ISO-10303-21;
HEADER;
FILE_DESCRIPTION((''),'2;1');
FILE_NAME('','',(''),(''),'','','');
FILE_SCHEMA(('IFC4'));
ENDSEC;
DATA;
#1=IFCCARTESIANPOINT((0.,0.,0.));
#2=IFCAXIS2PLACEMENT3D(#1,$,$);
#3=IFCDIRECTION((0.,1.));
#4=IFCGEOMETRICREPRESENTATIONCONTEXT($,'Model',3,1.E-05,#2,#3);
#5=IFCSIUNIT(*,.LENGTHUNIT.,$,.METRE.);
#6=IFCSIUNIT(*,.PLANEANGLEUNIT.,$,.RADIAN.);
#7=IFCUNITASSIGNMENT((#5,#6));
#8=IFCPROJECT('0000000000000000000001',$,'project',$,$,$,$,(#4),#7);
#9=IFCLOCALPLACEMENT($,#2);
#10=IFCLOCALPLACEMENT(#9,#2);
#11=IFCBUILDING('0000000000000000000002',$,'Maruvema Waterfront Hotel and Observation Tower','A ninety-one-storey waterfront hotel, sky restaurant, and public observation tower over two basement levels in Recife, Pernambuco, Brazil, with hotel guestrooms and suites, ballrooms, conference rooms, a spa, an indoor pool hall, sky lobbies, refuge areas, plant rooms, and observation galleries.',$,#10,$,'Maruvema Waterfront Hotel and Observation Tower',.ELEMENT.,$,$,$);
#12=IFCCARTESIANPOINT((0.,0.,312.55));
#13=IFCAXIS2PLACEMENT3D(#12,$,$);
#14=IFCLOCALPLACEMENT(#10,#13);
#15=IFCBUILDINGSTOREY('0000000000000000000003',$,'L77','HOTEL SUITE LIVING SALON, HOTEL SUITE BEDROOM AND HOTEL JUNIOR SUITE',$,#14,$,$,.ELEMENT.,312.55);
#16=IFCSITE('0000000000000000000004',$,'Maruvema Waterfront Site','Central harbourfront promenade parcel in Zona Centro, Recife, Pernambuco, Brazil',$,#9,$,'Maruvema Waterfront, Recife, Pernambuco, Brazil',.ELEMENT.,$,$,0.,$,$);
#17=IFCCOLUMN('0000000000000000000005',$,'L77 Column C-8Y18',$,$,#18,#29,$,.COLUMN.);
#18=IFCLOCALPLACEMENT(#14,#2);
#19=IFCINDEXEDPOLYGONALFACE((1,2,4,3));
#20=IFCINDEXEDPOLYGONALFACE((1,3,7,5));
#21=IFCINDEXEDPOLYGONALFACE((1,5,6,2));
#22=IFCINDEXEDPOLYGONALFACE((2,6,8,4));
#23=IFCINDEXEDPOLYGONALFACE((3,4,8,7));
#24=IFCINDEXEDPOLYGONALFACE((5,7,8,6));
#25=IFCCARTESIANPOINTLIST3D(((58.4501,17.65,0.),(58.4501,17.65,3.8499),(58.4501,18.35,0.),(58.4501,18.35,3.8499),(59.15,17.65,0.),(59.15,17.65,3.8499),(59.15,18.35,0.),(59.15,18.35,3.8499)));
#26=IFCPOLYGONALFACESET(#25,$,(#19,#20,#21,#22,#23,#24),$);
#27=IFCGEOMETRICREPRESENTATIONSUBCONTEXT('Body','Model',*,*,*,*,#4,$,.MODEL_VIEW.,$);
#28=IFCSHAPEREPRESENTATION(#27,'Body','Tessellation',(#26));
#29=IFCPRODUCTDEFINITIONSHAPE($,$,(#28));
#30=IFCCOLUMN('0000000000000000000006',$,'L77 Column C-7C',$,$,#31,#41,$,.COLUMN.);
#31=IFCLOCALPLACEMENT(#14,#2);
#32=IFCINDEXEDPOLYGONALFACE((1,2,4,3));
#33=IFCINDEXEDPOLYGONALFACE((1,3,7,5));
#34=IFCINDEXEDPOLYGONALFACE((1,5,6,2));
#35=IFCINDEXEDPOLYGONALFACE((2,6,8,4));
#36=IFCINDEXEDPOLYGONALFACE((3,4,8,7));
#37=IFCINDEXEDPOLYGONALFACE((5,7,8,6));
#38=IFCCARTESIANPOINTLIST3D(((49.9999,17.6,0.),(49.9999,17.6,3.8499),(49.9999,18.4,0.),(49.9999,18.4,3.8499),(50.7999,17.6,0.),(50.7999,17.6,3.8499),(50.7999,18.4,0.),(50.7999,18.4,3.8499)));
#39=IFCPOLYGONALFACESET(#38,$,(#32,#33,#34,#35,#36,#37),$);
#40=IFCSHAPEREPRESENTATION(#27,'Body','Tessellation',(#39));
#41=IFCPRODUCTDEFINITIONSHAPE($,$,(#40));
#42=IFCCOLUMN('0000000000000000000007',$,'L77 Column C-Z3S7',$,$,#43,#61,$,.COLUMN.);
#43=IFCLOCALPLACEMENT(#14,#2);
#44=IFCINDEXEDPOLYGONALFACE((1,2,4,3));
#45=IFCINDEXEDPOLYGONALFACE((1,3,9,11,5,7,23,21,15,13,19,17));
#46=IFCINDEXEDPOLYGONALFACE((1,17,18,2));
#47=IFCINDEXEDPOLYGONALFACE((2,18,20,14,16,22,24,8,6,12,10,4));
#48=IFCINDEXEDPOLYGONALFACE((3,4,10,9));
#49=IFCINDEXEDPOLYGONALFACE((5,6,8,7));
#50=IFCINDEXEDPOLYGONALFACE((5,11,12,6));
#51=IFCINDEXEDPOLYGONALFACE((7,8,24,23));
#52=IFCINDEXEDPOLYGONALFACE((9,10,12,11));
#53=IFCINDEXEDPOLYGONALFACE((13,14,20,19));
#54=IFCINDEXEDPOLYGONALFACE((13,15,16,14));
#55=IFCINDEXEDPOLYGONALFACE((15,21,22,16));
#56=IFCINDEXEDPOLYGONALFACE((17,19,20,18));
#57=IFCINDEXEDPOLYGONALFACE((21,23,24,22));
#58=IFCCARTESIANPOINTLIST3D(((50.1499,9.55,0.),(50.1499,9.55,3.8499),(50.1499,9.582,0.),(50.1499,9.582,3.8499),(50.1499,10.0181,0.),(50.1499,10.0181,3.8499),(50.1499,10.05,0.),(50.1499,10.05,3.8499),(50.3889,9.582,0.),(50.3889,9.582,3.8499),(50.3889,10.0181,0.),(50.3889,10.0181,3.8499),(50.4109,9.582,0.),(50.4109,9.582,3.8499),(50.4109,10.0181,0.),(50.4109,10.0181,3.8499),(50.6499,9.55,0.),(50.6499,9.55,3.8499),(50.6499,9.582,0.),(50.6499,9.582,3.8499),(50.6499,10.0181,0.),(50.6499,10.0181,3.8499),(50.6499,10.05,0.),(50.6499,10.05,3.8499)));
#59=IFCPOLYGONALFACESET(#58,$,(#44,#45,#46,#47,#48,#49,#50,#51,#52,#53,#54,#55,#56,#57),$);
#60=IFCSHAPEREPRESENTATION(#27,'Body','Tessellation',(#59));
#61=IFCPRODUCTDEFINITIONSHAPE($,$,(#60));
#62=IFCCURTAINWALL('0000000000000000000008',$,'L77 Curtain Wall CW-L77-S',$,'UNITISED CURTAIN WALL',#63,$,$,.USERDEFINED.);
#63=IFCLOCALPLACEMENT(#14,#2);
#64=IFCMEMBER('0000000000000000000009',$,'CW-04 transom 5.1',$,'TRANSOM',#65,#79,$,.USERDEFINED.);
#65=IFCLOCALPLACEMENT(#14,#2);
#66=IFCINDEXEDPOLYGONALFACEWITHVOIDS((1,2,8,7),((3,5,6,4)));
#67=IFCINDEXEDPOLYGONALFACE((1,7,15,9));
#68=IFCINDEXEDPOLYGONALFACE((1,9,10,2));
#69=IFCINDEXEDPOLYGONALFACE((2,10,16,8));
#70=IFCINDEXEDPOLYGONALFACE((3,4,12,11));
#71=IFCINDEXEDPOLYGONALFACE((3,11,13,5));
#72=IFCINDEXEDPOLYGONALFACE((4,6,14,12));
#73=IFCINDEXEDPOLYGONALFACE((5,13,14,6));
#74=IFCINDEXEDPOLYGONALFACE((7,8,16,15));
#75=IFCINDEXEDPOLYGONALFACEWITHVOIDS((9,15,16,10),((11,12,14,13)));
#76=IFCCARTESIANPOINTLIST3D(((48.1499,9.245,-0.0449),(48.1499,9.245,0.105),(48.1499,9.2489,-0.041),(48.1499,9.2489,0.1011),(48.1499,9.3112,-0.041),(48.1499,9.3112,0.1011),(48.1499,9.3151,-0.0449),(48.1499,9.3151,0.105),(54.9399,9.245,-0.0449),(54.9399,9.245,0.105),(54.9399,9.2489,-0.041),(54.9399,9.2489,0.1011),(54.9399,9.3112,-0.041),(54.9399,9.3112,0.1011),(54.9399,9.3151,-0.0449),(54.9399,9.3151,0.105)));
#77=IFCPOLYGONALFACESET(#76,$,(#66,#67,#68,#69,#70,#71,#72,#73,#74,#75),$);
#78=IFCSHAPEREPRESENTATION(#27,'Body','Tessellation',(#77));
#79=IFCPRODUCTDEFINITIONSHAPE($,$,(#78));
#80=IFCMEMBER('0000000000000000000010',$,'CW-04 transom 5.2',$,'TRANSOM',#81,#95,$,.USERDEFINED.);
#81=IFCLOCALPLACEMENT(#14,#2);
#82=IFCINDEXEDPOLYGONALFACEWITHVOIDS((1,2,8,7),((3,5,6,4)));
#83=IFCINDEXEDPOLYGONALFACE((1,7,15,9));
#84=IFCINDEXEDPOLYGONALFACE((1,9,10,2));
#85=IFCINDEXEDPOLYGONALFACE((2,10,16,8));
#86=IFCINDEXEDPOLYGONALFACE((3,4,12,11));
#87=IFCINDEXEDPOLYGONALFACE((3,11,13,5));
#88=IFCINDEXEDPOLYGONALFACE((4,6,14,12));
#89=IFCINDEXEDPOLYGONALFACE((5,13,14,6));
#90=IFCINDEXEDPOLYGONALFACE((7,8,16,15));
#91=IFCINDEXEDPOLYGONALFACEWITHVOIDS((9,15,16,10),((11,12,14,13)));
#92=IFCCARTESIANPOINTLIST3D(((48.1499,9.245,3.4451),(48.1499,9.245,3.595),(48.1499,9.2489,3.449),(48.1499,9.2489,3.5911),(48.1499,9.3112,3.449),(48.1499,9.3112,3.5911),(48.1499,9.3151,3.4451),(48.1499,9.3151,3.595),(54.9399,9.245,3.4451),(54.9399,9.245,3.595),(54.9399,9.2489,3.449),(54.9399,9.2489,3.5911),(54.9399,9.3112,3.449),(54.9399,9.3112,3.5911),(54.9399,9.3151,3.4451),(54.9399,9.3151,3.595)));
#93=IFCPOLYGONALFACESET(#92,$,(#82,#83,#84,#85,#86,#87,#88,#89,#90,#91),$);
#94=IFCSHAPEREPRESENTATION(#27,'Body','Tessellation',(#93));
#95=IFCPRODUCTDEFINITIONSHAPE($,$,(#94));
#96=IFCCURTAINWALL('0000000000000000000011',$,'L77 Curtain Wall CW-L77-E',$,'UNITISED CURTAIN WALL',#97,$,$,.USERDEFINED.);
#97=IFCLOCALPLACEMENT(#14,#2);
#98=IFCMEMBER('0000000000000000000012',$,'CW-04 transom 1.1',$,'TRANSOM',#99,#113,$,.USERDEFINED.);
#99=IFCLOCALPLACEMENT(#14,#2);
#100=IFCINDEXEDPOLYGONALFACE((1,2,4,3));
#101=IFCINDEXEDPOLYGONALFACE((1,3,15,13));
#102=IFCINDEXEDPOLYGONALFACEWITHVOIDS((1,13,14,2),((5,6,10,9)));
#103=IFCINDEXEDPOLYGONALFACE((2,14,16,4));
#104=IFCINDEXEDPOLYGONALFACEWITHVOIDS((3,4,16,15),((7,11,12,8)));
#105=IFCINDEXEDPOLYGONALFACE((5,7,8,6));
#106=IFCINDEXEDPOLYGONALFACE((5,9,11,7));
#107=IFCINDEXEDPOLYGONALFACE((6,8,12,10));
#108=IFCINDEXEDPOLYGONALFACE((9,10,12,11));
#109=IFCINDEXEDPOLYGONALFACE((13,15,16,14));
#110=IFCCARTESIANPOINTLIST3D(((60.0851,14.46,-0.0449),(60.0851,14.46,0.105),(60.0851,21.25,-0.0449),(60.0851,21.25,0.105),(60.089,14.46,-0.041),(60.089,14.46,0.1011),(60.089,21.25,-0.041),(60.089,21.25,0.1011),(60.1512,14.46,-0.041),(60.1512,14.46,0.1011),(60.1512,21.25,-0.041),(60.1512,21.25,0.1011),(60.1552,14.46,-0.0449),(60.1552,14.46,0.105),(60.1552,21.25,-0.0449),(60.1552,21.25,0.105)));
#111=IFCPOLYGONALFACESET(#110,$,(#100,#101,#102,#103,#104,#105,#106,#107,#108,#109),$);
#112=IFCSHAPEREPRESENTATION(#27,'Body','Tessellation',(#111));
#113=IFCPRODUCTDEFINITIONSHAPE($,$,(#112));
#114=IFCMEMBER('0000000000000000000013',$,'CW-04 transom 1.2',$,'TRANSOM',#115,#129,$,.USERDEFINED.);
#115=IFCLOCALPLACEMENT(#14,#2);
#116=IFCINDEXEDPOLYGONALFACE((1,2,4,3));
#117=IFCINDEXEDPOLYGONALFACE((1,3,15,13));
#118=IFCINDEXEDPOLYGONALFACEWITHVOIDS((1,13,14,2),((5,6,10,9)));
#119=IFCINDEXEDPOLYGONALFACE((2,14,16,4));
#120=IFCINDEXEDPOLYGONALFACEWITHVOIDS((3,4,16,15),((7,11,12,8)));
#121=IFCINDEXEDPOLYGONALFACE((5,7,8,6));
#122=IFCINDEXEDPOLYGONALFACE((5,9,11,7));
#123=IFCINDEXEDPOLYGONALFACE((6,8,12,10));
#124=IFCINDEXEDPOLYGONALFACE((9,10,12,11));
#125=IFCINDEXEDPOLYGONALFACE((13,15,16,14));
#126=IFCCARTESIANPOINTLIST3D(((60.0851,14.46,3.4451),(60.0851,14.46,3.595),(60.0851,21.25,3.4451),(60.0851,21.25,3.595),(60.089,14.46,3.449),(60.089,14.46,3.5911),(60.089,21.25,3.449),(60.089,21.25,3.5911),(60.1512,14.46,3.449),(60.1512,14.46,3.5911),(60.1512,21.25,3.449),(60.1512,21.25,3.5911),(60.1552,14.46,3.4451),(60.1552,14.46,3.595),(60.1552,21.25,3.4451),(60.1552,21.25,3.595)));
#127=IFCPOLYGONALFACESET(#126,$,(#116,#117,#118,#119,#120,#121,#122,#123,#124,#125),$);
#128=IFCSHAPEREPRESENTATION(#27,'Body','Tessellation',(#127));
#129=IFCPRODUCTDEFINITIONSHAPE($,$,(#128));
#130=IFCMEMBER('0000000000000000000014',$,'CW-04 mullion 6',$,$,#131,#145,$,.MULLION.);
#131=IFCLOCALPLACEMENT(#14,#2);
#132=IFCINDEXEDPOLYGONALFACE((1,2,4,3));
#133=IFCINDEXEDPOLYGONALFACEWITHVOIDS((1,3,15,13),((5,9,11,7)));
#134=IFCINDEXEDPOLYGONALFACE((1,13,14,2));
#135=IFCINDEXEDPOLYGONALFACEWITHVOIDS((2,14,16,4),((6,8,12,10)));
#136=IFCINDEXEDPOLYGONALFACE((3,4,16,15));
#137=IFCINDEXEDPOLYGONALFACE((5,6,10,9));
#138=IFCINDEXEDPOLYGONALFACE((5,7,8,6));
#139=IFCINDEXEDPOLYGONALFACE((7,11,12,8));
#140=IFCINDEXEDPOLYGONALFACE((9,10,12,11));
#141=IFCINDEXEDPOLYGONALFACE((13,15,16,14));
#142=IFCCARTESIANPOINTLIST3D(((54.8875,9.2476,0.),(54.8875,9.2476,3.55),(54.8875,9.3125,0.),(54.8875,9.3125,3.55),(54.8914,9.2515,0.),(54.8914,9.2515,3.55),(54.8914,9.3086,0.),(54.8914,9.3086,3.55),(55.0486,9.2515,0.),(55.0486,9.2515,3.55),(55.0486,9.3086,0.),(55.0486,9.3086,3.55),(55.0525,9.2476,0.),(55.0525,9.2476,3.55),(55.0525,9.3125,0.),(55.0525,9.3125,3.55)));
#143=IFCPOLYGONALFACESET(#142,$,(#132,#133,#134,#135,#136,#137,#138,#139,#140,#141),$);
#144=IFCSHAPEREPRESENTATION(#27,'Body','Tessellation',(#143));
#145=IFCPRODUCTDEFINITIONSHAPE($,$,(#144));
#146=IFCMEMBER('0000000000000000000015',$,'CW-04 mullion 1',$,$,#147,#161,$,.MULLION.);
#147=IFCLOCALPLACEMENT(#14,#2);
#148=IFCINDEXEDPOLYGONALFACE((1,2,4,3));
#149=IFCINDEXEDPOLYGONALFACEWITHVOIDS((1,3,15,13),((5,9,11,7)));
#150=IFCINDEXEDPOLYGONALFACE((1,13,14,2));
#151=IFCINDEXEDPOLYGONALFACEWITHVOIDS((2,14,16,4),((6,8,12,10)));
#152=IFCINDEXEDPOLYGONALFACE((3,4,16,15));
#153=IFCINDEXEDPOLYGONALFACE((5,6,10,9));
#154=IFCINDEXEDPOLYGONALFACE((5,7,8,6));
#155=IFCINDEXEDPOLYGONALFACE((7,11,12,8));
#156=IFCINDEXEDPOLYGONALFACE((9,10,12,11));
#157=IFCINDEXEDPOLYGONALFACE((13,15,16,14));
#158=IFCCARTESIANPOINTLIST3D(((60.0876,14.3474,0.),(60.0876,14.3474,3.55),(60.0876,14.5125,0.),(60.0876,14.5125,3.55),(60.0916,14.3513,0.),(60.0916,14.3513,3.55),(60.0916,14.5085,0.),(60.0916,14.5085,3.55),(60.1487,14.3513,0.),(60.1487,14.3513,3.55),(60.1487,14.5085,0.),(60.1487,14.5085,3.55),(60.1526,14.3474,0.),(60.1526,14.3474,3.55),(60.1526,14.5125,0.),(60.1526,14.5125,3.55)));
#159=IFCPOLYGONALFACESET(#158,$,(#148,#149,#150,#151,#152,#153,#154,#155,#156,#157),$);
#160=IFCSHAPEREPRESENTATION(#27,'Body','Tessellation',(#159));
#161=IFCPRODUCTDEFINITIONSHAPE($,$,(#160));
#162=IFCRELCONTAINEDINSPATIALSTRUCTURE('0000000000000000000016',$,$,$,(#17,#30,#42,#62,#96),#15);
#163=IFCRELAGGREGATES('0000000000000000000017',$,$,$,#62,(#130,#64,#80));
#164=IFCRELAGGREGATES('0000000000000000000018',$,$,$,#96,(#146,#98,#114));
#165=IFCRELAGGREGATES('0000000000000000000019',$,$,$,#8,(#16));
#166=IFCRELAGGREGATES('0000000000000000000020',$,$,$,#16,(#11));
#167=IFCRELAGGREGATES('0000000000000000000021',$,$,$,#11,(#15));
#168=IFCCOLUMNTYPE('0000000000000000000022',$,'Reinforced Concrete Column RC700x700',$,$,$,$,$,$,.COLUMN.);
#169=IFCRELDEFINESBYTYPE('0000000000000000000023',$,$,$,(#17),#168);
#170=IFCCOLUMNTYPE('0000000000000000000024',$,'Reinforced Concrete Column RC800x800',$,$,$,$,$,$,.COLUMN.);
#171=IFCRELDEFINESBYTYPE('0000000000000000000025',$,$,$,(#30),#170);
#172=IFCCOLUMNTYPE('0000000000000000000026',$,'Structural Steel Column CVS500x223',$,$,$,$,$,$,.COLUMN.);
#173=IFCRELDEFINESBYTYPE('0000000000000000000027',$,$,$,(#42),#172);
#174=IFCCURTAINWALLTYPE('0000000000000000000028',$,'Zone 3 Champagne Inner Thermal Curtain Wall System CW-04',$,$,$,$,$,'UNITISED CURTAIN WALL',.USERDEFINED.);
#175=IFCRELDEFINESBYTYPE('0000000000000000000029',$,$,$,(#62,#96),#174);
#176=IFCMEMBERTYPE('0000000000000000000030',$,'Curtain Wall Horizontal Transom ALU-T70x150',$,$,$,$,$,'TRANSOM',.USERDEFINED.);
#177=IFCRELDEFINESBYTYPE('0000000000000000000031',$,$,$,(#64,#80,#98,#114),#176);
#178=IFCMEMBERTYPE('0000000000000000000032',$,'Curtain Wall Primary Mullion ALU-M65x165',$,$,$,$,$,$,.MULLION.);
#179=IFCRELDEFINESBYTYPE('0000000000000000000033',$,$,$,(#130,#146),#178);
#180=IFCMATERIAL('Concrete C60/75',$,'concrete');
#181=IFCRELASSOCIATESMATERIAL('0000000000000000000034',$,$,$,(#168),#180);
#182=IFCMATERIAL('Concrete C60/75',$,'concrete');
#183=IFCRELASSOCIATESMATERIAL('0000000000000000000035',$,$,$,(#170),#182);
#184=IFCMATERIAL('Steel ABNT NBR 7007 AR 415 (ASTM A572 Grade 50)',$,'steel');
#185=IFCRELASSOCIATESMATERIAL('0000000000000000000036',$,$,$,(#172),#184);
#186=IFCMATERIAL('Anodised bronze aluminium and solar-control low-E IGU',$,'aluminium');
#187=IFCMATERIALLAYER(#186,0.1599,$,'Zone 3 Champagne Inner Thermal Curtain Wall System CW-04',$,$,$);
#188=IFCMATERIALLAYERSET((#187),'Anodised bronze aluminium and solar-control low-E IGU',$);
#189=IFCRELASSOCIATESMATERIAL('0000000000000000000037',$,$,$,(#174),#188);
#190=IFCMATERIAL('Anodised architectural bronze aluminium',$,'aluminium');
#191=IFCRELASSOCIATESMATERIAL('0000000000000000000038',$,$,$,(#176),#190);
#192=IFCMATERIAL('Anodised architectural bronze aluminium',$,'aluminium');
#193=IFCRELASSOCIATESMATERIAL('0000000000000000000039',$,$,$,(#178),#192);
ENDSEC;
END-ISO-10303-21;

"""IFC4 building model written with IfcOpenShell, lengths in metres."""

from ifc_helpers import new_model, si_unit, direction, frame, origin, origin_2d, place, context, subcontext, project, spatial, rectangle, hollow_rectangle, i_section, extrude, material, layer, layer_set, material_profile, profile_set, type_object, element, aggregate, save


model = new_model("IFC4")

# Units and contexts
model_context = context("Model", 3, precision=1e-05, world=origin(), true_north=direction((0.0, 1.0)))
body_context = subcontext(model_context, "Body", "Model", "MODEL_VIEW")
ifc_project = project(units=[si_unit("LENGTHUNIT", "METRE"), si_unit("PLANEANGLEUNIT", "RADIAN")], contexts=[model_context])

# Site, building, storey
site_placement = place(None, origin())
site = spatial("IfcSite", under=ifc_project, at=site_placement, Name="Maruvema Waterfront Site", Description="Central harbourfront promenade parcel in Zona Centro, Recife, Pernambuco, Brazil", LongName="Maruvema Waterfront, Recife, Pernambuco, Brazil", CompositionType="ELEMENT", RefElevation=0.0)
building_placement = place(site_placement, origin())
building = spatial("IfcBuilding", under=site, at=building_placement, Name="Maruvema Waterfront Hotel and Observation Tower", Description="A ninety-one-storey waterfront hotel, sky restaurant, and public observation tower over two basement levels in Recife, Pernambuco, Brazil, with hotel guestrooms and suites, ballrooms, conference rooms, a spa, an indoor pool hall, sky lobbies, refuge areas, plant rooms, and observation galleries.", LongName="Maruvema Waterfront Hotel and Observation Tower", CompositionType="ELEMENT")
storey_placement = place(building_placement, frame((0.0, 0.0, 312.55)))
storey = spatial("IfcBuildingStorey", under=building, at=storey_placement, Name="L77", Description="HOTEL SUITE LIVING SALON, HOTEL SUITE BEDROOM AND HOTEL JUNIOR SUITE", CompositionType="ELEMENT", Elevation=312.55)

# Columns
ifc_material_1 = material(Name="Concrete C60/75", Category="concrete")
ifc_material_profile_1 = material_profile(ifc_material_1, rectangle(XDim=0.7, YDim=0.7, at=origin_2d()), Name="RC700x700")
ifc_profile_set_1 = profile_set([ifc_material_profile_1], Name="Concrete C60/75")
column_type_1 = type_object("IfcColumnType", Name="Reinforced Concrete Column RC700x700", PredefinedType="COLUMN", material=ifc_profile_set_1)
column_1_placement = place(storey_placement, frame((58.8, 18.0, 0.0), z_axis=(0.0, 0.0, 1.0), x_axis=(1.0, 0.0, 0.0)))
element("IfcColumn", 1, at=column_1_placement, inside=storey, type_object=column_type_1, Name="L77 Column C-8Y18", PredefinedType="COLUMN", context=body_context, shape_type="SweptSolid", body=[
    extrude(rectangle(XDim=0.7, YDim=0.7, at=origin_2d()), origin(), (0.0, 0.0, 1.0), 3.8499),
])
ifc_material_2 = material(Name="Concrete C60/75", Category="concrete")
ifc_material_profile_2 = material_profile(ifc_material_2, rectangle(XDim=0.8, YDim=0.8, at=origin_2d()), Name="RC800x800")
ifc_profile_set_2 = profile_set([ifc_material_profile_2], Name="Concrete C60/75")
column_type_2 = type_object("IfcColumnType", Name="Reinforced Concrete Column RC800x800", PredefinedType="COLUMN", material=ifc_profile_set_2)
column_2_placement = place(storey_placement, frame((50.3999, 18.0, 0.0), z_axis=(0.0, 0.0, 1.0), x_axis=(1.0, 0.0, 0.0)))
element("IfcColumn", 2, at=column_2_placement, inside=storey, type_object=column_type_2, Name="L77 Column C-7C", PredefinedType="COLUMN", context=body_context, shape_type="SweptSolid", body=[
    extrude(rectangle(XDim=0.8, YDim=0.8, at=origin_2d()), origin(), (0.0, 0.0, 1.0), 3.8499),
])
ifc_material_3 = material(Name="Steel ABNT NBR 7007 AR 415 (ASTM A572 Grade 50)", Category="steel")
ifc_material_profile_3 = material_profile(ifc_material_3, i_section(OverallWidth=0.5, OverallDepth=0.5, WebThickness=0.022, FlangeThickness=0.032, at=origin_2d()), Name="CVS500x223")
ifc_profile_set_3 = profile_set([ifc_material_profile_3], Name="Steel ABNT NBR 7007 AR 415 (ASTM A572 Grade 50)")
column_type_3 = type_object("IfcColumnType", Name="Structural Steel Column CVS500x223", PredefinedType="COLUMN", material=ifc_profile_set_3)
column_3_placement = place(storey_placement, frame((50.3999, 9.8, 0.0), z_axis=(0.0, 0.0, 1.0), x_axis=(1.0, 0.0, 0.0)))
element("IfcColumn", 3, at=column_3_placement, inside=storey, type_object=column_type_3, Name="L77 Column C-Z3S7", PredefinedType="COLUMN", context=body_context, shape_type="SweptSolid", body=[
    extrude(i_section(OverallWidth=0.5, OverallDepth=0.5, WebThickness=0.022, FlangeThickness=0.032, at=origin_2d()), origin(), (0.0, 0.0, 1.0), 3.8499),
])

# Curtain walls, members
ifc_material_4 = material(Name="Anodised bronze aluminium and solar-control low-E IGU", Category="aluminium")
ifc_layer_1 = layer(ifc_material_4, 0.1599, Name="Zone 3 Champagne Inner Thermal Curtain Wall System CW-04")
ifc_layer_set_1 = layer_set([ifc_layer_1], Name="Anodised bronze aluminium and solar-control low-E IGU")
curtain_wall_type = type_object("IfcCurtainWallType", Name="Zone 3 Champagne Inner Thermal Curtain Wall System CW-04", ElementType="UNITISED CURTAIN WALL", PredefinedType="USERDEFINED", material=ifc_layer_set_1)
curtain_wall_1_placement = place(storey_placement, origin())
curtain_wall_1 = element("IfcCurtainWall", 4, at=curtain_wall_1_placement, inside=storey, type_object=curtain_wall_type, Name="L77 Curtain Wall CW-L77-S", ObjectType="UNITISED CURTAIN WALL", PredefinedType="USERDEFINED")
ifc_material_5 = material(Name="Anodised architectural bronze aluminium", Category="aluminium")
ifc_material_profile_4 = material_profile(ifc_material_5, hollow_rectangle(XDim=0.0701, YDim=0.1499, WallThickness=0.0039, at=origin_2d()), Name="ALU-T70x150")
ifc_profile_set_4 = profile_set([ifc_material_profile_4], Name="Anodised architectural bronze aluminium")
member_type_1 = type_object("IfcMemberType", Name="Curtain Wall Horizontal Transom ALU-T70x150", ElementType="TRANSOM", PredefinedType="USERDEFINED", material=ifc_profile_set_4)
member_1_placement = place(storey_placement, frame((48.1499, 9.28, 0.03), z_axis=(1.0, 0.0, 0.0), x_axis=(0.0, 1.0, 0.0)))
member_1 = element("IfcMember", 5, at=member_1_placement, type_object=member_type_1, Name="CW-04 transom 5.1", ObjectType="TRANSOM", PredefinedType="USERDEFINED", context=body_context, shape_type="SweptSolid", body=[
    extrude(hollow_rectangle(XDim=0.0701, YDim=0.1499, WallThickness=0.0039, at=origin_2d()), origin(), (0.0, 0.0, 1.0), 6.79),
])
member_2_placement = place(storey_placement, frame((48.1499, 9.28, 3.52), z_axis=(1.0, 0.0, 0.0), x_axis=(0.0, 1.0, 0.0)))
member_2 = element("IfcMember", 6, at=member_2_placement, type_object=member_type_1, Name="CW-04 transom 5.2", ObjectType="TRANSOM", PredefinedType="USERDEFINED", context=body_context, shape_type="SweptSolid", body=[
    extrude(hollow_rectangle(XDim=0.0701, YDim=0.1499, WallThickness=0.0039, at=origin_2d()), origin(), (0.0, 0.0, 1.0), 6.79),
])
curtain_wall_2_placement = place(storey_placement, origin())
curtain_wall_2 = element("IfcCurtainWall", 7, at=curtain_wall_2_placement, inside=storey, type_object=curtain_wall_type, Name="L77 Curtain Wall CW-L77-E", ObjectType="UNITISED CURTAIN WALL", PredefinedType="USERDEFINED")
member_3_placement = place(storey_placement, frame((60.1201, 14.46, 0.03), z_axis=(0.0, 1.0, 0.0), x_axis=(-1.0, 0.0, 0.0)))
member_3 = element("IfcMember", 8, at=member_3_placement, type_object=member_type_1, Name="CW-04 transom 1.1", ObjectType="TRANSOM", PredefinedType="USERDEFINED", context=body_context, shape_type="SweptSolid", body=[
    extrude(hollow_rectangle(XDim=0.0701, YDim=0.1499, WallThickness=0.0039, at=origin_2d()), origin(), (0.0, 0.0, 1.0), 6.79),
])
member_4_placement = place(storey_placement, frame((60.1201, 14.46, 3.52), z_axis=(0.0, 1.0, 0.0), x_axis=(-1.0, 0.0, 0.0)))
member_4 = element("IfcMember", 9, at=member_4_placement, type_object=member_type_1, Name="CW-04 transom 1.2", ObjectType="TRANSOM", PredefinedType="USERDEFINED", context=body_context, shape_type="SweptSolid", body=[
    extrude(hollow_rectangle(XDim=0.0701, YDim=0.1499, WallThickness=0.0039, at=origin_2d()), origin(), (0.0, 0.0, 1.0), 6.79),
])

# Members
ifc_material_6 = material(Name="Anodised architectural bronze aluminium", Category="aluminium")
ifc_material_profile_5 = material_profile(ifc_material_6, hollow_rectangle(XDim=0.0649, YDim=0.165, WallThickness=0.0039, at=origin_2d()), Name="ALU-M65x165")
ifc_profile_set_5 = profile_set([ifc_material_profile_5], Name="Anodised architectural bronze aluminium")
member_type_2 = type_object("IfcMemberType", Name="Curtain Wall Primary Mullion ALU-M65x165", PredefinedType="MULLION", material=ifc_profile_set_5)
member_5_placement = place(storey_placement, frame((54.97, 9.28, 0.0), z_axis=(0.0, 0.0, 1.0), x_axis=(0.0, 1.0, 0.0)))
member_5 = element("IfcMember", 10, at=member_5_placement, type_object=member_type_2, Name="CW-04 mullion 6", PredefinedType="MULLION", context=body_context, shape_type="SweptSolid", body=[
    extrude(hollow_rectangle(XDim=0.0649, YDim=0.165, WallThickness=0.0039, at=origin_2d()), origin(), (0.0, 0.0, 1.0), 3.55),
])
member_6_placement = place(storey_placement, frame((60.1201, 14.4299, 0.0), z_axis=(0.0, 0.0, 1.0), x_axis=(-1.0, 0.0, 0.0)))
member_6 = element("IfcMember", 11, at=member_6_placement, type_object=member_type_2, Name="CW-04 mullion 1", PredefinedType="MULLION", context=body_context, shape_type="SweptSolid", body=[
    extrude(hollow_rectangle(XDim=0.0649, YDim=0.165, WallThickness=0.0039, at=origin_2d()), origin(), (0.0, 0.0, 1.0), 3.55),
])

aggregate(curtain_wall_1, [member_5, member_1, member_2])
aggregate(curtain_wall_2, [member_6, member_3, member_4])

save(model, "model.ifc")
